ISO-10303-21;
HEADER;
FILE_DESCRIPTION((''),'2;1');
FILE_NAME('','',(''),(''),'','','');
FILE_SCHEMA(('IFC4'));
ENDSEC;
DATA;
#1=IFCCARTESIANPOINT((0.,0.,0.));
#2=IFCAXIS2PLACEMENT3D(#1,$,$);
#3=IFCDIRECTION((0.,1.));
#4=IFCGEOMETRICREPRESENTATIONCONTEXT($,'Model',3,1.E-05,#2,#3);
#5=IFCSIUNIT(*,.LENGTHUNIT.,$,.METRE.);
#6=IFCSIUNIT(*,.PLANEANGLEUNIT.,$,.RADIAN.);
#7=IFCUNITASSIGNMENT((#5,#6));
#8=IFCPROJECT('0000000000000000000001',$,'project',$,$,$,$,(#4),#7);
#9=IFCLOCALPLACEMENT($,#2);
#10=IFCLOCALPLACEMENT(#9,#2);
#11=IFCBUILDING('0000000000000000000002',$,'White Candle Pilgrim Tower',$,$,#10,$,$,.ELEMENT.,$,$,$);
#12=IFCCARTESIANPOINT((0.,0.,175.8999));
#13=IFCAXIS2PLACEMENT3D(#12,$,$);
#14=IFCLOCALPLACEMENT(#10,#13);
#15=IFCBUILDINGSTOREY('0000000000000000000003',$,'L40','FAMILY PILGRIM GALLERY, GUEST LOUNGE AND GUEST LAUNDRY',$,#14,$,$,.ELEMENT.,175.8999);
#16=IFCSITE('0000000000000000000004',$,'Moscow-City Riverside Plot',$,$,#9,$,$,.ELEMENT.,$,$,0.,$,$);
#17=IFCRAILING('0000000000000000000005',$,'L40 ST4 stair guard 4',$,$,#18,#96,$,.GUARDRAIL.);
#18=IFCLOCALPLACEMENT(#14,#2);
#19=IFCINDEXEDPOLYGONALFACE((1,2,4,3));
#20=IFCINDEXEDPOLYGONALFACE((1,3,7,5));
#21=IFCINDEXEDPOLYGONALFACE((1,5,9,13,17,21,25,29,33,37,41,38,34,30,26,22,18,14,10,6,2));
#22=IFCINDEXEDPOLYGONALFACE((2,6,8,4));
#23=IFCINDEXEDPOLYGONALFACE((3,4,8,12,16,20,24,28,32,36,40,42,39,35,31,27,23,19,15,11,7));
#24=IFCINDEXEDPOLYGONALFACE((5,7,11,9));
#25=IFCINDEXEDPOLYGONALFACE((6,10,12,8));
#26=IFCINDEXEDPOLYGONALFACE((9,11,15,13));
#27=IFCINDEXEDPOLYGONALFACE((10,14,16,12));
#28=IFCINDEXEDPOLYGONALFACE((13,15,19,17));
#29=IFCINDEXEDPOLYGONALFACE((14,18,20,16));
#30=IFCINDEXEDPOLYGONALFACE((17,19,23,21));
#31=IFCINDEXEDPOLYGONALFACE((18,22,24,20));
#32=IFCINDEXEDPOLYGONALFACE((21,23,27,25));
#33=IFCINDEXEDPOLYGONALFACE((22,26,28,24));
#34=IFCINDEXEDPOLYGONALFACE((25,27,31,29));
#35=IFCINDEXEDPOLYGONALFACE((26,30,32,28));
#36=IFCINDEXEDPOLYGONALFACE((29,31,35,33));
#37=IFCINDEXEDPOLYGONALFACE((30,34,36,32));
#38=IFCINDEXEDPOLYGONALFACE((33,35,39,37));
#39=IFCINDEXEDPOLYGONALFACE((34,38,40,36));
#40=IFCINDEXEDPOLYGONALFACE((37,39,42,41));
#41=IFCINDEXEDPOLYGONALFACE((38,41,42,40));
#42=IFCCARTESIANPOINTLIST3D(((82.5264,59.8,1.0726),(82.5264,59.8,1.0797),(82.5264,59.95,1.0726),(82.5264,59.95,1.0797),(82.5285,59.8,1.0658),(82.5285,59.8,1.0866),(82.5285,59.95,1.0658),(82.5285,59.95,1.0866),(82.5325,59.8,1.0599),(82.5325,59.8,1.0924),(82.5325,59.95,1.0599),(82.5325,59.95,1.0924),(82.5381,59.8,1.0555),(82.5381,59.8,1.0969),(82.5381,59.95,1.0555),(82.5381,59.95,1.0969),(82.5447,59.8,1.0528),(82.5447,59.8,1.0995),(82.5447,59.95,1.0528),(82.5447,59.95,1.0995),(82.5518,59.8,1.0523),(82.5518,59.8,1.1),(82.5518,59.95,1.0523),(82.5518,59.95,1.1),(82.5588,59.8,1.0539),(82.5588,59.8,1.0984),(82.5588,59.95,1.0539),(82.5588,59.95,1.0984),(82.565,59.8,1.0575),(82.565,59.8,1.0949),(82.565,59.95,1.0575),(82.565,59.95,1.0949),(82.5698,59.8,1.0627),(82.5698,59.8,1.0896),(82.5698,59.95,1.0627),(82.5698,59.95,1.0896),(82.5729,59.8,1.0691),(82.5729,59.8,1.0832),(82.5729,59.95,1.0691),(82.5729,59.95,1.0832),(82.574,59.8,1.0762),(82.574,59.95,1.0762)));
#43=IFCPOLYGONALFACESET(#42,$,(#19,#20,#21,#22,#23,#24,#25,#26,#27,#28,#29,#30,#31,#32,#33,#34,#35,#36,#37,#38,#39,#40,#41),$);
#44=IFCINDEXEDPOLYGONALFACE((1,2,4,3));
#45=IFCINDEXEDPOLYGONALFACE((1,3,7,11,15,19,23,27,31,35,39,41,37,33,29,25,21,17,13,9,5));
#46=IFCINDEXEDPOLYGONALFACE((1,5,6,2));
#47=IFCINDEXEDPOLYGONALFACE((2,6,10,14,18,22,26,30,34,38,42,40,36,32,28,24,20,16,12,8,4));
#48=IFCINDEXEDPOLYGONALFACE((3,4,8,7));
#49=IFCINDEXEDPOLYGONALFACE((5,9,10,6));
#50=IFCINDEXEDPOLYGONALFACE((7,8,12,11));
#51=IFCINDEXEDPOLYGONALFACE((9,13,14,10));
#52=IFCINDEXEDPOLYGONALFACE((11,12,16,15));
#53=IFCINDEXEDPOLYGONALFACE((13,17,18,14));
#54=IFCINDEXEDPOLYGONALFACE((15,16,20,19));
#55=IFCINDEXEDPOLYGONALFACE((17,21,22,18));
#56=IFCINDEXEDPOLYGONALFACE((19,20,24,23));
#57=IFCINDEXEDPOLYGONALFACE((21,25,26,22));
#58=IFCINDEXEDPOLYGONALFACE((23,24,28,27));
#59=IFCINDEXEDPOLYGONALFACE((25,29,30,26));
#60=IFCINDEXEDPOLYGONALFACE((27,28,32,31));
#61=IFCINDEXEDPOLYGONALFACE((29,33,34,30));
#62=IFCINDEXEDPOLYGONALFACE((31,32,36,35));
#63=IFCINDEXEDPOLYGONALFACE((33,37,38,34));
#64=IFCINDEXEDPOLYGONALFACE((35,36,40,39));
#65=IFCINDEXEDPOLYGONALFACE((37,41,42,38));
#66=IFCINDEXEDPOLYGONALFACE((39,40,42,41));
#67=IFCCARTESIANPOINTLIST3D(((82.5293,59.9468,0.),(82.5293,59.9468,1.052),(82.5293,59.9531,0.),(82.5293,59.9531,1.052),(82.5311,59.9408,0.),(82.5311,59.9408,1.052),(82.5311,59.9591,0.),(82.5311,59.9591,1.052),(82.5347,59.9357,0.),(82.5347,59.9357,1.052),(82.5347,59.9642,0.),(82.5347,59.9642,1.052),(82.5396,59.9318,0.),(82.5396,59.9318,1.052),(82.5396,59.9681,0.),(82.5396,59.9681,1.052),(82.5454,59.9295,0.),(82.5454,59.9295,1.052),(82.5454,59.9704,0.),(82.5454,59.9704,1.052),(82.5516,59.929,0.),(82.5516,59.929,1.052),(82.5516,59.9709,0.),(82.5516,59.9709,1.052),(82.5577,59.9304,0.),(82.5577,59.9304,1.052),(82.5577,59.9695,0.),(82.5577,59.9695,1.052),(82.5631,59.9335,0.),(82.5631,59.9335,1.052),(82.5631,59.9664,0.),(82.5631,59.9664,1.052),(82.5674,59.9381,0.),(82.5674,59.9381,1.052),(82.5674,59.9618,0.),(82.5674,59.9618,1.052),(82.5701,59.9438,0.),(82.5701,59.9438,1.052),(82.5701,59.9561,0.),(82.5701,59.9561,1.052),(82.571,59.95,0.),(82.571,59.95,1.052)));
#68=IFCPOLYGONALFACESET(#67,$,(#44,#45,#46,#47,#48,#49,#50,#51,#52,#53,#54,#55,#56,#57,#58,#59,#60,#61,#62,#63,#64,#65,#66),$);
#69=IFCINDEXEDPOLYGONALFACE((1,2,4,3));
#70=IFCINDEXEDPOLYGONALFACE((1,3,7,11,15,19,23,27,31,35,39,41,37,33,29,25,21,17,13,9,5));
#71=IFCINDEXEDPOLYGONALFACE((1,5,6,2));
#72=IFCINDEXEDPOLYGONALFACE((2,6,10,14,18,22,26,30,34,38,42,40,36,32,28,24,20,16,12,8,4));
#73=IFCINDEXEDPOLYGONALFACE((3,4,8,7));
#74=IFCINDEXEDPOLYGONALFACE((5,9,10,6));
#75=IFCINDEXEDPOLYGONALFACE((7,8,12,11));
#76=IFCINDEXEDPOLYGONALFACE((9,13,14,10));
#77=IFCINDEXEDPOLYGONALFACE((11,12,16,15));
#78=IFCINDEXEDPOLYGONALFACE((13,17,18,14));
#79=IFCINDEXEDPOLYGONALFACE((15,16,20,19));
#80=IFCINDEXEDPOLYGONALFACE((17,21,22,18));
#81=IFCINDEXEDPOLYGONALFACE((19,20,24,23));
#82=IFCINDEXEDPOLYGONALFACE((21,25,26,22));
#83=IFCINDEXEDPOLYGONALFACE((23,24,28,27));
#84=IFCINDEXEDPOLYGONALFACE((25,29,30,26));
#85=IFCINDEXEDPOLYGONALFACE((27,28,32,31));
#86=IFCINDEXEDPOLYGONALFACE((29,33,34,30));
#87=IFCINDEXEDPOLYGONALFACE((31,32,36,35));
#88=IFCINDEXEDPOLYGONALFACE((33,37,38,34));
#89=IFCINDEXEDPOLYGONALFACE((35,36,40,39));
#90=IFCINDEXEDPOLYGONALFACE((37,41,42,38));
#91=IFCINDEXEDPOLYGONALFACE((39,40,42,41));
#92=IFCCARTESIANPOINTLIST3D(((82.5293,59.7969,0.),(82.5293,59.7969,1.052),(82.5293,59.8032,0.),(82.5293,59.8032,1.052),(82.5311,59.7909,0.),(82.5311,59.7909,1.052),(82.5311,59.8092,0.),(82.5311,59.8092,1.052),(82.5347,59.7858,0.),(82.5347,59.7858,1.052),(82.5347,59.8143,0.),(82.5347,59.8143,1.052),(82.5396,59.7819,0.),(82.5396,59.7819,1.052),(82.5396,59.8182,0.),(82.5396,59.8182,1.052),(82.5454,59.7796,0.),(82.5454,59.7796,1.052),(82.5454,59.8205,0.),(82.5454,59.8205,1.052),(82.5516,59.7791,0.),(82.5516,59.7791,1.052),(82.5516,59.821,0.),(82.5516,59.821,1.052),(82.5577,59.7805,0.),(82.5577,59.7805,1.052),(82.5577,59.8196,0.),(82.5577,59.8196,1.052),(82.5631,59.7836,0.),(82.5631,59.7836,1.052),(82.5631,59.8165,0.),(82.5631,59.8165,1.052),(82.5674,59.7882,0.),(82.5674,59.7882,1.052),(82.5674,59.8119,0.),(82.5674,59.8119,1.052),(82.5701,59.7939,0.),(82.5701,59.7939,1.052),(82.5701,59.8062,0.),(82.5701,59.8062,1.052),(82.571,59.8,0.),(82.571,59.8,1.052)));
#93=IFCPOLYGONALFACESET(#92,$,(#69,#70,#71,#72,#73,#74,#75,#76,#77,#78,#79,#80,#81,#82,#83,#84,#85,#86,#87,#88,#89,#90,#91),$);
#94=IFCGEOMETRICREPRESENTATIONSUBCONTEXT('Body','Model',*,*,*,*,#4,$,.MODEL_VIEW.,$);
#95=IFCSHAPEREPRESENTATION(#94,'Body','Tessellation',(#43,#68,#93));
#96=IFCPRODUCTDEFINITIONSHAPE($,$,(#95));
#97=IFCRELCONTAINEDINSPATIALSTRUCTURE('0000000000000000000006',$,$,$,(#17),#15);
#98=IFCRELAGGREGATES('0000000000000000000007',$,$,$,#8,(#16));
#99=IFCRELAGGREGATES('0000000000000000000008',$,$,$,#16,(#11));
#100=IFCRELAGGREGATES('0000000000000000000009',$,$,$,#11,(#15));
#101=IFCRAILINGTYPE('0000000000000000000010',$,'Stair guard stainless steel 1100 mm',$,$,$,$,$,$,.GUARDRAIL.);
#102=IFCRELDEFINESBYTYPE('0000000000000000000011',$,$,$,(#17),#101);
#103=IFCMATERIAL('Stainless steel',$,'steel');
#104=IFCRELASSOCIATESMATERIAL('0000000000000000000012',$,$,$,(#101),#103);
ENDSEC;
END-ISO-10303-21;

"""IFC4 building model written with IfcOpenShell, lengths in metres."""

from ifc_helpers import new_model, si_unit, direction, frame, origin, origin_2d, place, context, subcontext, project, spatial, circle, extrude, material, type_object, element, save


model = new_model("IFC4")

# Units and contexts
model_context = context("Model", 3, precision=1e-05, world=origin(), true_north=direction((0.0, 1.0)))
body_context = subcontext(model_context, "Body", "Model", "MODEL_VIEW")
ifc_project = project(units=[si_unit("LENGTHUNIT", "METRE"), si_unit("PLANEANGLEUNIT", "RADIAN")], contexts=[model_context])

# Site, building, storey
site_placement = place(None, origin())
site = spatial("IfcSite", under=ifc_project, at=site_placement, Name="Moscow-City Riverside Plot", CompositionType="ELEMENT", RefElevation=0.0)
building_placement = place(site_placement, origin())
building = spatial("IfcBuilding", under=site, at=building_placement, Name="White Candle Pilgrim Tower", CompositionType="ELEMENT")
storey_placement = place(building_placement, frame((0.0, 0.0, 175.8999)))
storey = spatial("IfcBuildingStorey", under=building, at=storey_placement, Name="L40", Description="FAMILY PILGRIM GALLERY, GUEST LOUNGE AND GUEST LAUNDRY", CompositionType="ELEMENT", Elevation=175.8999)

# Railing
ifc_material_1 = material(Name="Stainless steel", Category="steel")
railing_type_1 = type_object("IfcRailingType", Name="Stair guard stainless steel 1100 mm", PredefinedType="GUARDRAIL", material=ifc_material_1)
railing_1_placement = place(storey_placement, frame((82.55, 59.95, 0.0)))
element("IfcRailing", 1, at=railing_1_placement, inside=storey, type_object=railing_type_1, Name="L40 ST4 stair guard 4", PredefinedType="GUARDRAIL", context=body_context, shape_type="SweptSolid", body=[
    extrude(circle(Radius=0.0239, at=origin_2d()), frame((0.0, 0.0, 1.0762), z_axis=(0.0, -1.0, 0.0), x_axis=(1.0, 0.0, 0.0)), (0.0, 0.0, 1.0), 0.1499),
    extrude(circle(Radius=0.021, at=origin_2d()), origin(), (0.0, 0.0, 1.0), 1.052),
    extrude(circle(Radius=0.021, at=origin_2d()), frame((0.0, -0.1499, 0.0)), (0.0, 0.0, 1.0), 1.052),
])

save(model, "model.ifc")
